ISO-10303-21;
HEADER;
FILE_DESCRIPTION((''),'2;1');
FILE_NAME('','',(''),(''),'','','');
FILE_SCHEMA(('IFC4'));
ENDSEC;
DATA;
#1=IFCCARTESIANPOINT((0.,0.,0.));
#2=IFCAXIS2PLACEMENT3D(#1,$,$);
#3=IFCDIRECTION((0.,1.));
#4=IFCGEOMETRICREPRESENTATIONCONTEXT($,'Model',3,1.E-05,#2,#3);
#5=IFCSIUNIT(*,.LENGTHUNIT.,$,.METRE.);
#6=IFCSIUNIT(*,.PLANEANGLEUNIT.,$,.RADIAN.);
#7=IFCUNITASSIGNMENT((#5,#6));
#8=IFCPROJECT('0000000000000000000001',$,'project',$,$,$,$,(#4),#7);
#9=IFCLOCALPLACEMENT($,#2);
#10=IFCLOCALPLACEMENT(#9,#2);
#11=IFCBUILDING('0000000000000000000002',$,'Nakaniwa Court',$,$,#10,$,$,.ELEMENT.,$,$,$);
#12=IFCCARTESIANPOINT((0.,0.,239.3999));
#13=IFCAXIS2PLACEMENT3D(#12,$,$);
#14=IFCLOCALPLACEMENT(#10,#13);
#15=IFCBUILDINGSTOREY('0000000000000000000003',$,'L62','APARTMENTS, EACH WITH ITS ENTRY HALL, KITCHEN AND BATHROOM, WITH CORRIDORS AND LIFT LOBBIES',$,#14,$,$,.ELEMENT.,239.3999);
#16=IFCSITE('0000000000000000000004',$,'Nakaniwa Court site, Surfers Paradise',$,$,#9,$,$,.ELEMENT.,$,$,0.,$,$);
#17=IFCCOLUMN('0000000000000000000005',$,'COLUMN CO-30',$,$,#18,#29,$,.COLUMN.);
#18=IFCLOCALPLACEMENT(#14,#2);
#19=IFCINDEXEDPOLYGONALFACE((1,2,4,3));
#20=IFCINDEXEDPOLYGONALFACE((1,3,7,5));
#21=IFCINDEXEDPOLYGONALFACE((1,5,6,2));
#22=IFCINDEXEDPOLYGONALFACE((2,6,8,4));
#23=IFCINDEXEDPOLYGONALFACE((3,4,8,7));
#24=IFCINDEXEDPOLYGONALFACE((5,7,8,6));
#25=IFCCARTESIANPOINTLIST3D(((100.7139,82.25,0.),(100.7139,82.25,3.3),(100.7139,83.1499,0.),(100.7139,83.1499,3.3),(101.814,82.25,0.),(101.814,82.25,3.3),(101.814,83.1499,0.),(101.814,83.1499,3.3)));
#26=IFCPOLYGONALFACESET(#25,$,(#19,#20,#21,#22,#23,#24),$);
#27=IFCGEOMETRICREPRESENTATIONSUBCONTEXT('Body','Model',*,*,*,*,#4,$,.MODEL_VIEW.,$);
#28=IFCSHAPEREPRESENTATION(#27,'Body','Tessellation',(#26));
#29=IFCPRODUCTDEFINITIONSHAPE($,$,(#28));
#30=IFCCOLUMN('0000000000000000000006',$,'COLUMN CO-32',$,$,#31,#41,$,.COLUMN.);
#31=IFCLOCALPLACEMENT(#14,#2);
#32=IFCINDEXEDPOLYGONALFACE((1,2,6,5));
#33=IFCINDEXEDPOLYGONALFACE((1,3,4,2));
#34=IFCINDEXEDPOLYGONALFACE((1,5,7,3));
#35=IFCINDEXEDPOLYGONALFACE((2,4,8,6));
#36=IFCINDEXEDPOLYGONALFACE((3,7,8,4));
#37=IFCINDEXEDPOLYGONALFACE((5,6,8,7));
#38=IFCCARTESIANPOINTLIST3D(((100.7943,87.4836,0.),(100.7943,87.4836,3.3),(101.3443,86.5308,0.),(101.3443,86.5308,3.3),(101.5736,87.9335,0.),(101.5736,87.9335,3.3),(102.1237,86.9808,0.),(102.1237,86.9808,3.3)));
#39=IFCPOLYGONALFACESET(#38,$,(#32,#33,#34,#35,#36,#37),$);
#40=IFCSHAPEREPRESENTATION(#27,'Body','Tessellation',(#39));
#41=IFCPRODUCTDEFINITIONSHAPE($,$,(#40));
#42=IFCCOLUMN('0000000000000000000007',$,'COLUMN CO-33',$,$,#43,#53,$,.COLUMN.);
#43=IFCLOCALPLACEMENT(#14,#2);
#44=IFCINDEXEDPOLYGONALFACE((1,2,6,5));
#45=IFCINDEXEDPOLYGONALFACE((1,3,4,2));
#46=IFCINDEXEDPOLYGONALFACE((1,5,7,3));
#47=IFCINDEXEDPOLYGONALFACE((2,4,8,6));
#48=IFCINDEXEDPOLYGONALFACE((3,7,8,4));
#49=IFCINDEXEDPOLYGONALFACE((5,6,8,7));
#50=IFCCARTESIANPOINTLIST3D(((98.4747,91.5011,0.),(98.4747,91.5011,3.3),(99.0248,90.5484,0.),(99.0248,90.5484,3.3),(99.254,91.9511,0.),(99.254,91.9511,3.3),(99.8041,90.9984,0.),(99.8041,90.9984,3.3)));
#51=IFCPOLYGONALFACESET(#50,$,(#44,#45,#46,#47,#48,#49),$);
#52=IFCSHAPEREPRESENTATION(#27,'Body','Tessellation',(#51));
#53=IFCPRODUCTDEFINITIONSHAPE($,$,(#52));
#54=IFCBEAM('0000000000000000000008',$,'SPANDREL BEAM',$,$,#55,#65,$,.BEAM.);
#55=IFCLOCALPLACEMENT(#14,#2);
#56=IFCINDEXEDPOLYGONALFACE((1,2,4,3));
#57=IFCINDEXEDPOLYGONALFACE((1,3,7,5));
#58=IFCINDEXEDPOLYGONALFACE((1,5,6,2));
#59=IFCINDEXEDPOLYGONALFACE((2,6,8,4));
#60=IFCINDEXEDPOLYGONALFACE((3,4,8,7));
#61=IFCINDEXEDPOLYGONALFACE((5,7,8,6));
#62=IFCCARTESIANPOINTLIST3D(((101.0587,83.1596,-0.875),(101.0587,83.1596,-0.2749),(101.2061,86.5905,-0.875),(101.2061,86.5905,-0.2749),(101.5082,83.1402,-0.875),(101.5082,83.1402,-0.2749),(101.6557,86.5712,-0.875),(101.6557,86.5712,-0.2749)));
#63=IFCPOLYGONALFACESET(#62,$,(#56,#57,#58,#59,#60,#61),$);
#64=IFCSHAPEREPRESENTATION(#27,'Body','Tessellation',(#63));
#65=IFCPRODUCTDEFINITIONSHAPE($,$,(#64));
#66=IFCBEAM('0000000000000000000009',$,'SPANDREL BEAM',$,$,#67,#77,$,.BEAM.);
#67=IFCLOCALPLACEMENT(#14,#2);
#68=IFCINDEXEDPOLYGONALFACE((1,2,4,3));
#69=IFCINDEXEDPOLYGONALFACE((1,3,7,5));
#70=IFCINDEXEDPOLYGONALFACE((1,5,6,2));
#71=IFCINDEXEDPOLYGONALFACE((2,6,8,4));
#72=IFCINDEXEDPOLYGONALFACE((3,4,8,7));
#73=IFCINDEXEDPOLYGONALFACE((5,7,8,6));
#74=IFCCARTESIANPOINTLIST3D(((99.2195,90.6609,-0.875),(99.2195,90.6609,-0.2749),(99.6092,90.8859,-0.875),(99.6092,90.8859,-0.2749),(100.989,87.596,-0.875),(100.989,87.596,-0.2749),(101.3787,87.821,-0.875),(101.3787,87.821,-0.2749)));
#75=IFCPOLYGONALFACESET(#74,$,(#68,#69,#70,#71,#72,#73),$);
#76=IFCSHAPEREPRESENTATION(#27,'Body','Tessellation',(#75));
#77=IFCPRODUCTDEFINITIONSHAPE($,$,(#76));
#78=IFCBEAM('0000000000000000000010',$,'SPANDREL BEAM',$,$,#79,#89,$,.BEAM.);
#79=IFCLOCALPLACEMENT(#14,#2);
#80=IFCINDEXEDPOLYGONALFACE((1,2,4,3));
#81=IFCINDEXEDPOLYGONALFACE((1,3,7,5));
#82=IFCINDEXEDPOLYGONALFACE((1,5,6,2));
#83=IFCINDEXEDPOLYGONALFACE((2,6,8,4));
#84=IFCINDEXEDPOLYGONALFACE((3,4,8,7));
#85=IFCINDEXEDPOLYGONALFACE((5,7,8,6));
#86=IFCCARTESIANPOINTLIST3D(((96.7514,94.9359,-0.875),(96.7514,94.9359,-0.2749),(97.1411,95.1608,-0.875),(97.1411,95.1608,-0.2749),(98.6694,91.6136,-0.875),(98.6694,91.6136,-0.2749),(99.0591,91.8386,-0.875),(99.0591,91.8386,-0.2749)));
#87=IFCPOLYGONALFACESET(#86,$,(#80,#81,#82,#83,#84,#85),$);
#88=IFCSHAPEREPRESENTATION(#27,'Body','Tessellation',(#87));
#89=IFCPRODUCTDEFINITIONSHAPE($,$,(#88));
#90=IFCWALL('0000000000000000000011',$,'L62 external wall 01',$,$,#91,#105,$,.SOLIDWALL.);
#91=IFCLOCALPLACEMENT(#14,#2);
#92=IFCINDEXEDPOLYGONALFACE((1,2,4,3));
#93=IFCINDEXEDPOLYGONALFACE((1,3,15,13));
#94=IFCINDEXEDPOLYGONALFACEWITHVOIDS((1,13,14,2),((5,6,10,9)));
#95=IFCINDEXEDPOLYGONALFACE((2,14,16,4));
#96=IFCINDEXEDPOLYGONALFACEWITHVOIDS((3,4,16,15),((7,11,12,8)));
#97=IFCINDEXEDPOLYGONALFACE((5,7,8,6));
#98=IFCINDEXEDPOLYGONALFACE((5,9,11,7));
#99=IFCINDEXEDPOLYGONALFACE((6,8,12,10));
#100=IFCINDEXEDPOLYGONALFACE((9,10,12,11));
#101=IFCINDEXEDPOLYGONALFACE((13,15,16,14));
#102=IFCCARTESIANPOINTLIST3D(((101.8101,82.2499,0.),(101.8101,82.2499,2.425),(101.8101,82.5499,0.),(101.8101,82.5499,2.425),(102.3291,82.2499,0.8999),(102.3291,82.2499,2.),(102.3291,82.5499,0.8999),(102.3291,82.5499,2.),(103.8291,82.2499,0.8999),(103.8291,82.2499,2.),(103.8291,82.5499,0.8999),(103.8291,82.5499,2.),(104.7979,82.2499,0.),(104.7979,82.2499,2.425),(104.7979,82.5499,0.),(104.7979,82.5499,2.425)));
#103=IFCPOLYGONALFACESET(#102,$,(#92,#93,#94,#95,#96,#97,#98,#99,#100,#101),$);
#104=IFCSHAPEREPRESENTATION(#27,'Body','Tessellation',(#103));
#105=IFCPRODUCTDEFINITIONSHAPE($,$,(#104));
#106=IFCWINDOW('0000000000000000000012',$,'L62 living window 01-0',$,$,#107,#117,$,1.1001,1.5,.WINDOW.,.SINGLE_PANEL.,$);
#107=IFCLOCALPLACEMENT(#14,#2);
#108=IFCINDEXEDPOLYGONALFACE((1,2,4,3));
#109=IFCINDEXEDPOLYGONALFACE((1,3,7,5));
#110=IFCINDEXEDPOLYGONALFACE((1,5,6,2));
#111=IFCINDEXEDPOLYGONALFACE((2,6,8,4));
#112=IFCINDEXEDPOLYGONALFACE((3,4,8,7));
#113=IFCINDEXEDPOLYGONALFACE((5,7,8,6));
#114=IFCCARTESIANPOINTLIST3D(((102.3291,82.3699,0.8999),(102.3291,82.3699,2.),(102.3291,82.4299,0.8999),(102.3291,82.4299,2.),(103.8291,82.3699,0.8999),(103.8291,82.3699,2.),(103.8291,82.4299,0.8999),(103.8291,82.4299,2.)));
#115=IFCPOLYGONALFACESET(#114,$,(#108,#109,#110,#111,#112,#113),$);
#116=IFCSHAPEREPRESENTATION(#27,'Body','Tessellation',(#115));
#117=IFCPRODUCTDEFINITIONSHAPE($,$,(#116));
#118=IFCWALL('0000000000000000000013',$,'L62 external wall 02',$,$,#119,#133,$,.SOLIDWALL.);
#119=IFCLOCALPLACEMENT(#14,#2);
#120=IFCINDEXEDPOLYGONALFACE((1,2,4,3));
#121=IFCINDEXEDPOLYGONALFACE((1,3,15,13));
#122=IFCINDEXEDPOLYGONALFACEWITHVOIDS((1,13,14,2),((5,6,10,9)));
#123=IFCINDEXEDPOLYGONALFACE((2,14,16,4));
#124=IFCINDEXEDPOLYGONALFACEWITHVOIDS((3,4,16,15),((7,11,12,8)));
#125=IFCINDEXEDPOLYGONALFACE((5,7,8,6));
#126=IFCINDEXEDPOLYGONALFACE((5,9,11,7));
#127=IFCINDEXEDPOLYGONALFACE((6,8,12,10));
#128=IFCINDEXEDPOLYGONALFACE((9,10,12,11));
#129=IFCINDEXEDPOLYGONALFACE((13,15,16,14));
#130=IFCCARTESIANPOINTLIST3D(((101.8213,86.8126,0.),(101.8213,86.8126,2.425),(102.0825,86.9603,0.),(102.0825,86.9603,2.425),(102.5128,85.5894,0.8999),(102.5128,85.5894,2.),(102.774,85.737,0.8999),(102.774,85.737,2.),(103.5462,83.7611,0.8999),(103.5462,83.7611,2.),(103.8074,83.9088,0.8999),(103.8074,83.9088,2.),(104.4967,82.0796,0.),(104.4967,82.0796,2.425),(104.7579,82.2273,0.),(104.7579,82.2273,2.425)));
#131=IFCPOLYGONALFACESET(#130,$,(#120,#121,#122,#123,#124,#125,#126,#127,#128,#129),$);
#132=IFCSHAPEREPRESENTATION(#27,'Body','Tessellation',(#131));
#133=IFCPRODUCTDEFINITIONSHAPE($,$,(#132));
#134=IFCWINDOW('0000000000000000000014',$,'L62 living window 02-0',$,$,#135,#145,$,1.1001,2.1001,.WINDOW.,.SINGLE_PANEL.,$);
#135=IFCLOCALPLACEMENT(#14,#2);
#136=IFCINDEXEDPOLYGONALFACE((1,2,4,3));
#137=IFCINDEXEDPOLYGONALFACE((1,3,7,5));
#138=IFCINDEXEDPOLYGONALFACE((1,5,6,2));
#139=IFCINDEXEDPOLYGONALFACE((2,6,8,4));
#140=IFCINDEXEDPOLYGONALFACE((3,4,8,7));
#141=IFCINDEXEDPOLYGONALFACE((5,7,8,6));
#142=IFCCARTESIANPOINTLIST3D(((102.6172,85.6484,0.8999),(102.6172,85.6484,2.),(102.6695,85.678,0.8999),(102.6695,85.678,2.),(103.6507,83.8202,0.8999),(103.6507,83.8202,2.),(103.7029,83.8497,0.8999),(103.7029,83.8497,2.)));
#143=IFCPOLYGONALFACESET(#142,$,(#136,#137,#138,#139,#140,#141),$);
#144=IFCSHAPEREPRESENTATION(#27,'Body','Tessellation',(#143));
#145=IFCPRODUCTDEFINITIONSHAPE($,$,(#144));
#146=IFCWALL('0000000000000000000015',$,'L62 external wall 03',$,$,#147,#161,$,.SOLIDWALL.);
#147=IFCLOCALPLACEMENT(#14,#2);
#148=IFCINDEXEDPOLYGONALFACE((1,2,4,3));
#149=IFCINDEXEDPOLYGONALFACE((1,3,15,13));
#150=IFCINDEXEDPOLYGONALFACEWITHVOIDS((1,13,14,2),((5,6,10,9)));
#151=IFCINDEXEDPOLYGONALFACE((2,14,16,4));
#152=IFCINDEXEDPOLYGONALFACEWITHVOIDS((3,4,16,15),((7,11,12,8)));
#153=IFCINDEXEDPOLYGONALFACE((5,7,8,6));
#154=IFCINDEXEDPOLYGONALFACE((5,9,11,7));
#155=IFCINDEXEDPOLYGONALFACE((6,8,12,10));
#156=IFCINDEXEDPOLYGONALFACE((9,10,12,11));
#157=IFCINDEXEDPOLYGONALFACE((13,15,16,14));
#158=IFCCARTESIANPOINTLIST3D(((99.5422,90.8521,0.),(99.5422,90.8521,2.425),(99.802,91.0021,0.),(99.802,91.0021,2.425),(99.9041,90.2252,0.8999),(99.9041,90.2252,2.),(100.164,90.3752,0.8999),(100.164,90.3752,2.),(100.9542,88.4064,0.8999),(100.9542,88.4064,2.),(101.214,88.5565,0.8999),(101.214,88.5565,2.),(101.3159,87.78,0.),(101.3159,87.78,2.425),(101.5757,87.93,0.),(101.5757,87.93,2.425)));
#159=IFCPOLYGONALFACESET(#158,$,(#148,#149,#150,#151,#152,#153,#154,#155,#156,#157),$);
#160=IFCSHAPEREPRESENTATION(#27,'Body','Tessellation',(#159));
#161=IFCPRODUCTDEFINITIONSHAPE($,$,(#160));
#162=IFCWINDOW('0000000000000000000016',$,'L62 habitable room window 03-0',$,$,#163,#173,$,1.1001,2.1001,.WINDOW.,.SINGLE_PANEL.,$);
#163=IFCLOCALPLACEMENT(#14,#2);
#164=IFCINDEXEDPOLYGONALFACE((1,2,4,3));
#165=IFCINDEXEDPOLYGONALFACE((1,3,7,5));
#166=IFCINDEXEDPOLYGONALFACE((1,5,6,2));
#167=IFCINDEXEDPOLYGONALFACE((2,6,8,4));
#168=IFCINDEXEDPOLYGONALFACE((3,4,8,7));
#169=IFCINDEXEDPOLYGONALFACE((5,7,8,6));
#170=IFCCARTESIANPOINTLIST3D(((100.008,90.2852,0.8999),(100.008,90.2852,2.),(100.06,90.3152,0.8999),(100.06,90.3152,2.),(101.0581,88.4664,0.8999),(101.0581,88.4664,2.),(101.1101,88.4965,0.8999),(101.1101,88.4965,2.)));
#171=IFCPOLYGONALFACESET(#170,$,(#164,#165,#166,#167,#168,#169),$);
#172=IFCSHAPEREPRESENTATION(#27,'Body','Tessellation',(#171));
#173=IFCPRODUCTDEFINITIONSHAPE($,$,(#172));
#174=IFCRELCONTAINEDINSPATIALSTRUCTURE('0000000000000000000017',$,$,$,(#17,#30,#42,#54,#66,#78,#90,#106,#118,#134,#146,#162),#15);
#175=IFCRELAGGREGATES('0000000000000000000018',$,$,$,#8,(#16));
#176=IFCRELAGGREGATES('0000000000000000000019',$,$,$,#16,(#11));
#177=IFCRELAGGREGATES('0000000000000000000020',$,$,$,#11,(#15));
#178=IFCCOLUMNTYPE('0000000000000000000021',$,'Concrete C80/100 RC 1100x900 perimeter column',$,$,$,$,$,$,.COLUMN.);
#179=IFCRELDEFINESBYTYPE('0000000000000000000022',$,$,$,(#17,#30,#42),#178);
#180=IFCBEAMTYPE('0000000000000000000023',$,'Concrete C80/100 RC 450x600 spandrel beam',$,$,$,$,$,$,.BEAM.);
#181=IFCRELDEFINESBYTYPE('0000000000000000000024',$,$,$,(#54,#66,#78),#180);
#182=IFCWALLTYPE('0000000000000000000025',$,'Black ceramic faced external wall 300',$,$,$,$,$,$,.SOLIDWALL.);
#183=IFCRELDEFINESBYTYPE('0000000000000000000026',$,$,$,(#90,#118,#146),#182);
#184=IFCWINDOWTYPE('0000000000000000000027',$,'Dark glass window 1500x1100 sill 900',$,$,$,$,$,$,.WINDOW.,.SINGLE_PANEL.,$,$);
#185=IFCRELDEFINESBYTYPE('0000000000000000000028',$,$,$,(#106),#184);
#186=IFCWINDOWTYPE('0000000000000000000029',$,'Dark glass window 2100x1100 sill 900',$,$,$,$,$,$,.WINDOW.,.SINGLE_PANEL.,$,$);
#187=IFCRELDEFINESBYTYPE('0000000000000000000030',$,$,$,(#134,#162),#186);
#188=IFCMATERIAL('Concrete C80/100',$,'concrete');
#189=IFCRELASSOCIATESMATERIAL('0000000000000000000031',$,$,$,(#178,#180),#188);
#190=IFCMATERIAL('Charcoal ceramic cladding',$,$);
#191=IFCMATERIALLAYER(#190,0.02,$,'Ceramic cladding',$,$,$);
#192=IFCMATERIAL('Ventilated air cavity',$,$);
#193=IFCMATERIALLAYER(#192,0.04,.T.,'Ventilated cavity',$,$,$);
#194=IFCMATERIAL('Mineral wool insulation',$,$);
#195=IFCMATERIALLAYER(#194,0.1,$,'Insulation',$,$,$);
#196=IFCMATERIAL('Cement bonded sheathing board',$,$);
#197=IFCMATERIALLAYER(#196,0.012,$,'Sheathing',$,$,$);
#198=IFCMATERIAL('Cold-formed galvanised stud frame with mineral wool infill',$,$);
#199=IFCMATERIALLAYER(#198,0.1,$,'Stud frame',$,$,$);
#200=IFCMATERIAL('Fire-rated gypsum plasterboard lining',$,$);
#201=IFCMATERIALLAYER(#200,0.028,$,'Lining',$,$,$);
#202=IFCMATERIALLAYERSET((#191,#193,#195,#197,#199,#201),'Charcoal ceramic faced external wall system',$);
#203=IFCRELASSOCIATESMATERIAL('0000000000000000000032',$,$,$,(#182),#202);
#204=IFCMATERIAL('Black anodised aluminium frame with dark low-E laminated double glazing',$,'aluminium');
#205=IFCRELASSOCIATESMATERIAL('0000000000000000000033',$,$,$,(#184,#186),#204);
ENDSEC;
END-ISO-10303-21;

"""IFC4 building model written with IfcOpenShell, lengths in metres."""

from ifc_helpers import new_model, si_unit, direction, frame, frame_2d, origin, origin_2d, place, context, subcontext, project, spatial, rectangle, extrude, material, layer, layer_set, material_profile, profile_set, type_object, element, fill, save


model = new_model("IFC4")

# Units and contexts
model_context = context("Model", 3, precision=1e-05, world=origin(), true_north=direction((0.0, 1.0)))
body_context = subcontext(model_context, "Body", "Model", "MODEL_VIEW")
ifc_project = project(units=[si_unit("LENGTHUNIT", "METRE"), si_unit("PLANEANGLEUNIT", "RADIAN")], contexts=[model_context])

# Site, building, storey
site_placement = place(None, origin())
site = spatial("IfcSite", under=ifc_project, at=site_placement, Name="Nakaniwa Court site, Surfers Paradise", CompositionType="ELEMENT", RefElevation=0.0)
building_placement = place(site_placement, origin())
building = spatial("IfcBuilding", under=site, at=building_placement, Name="Nakaniwa Court", CompositionType="ELEMENT")
storey_placement = place(building_placement, frame((0.0, 0.0, 239.3999)))
storey = spatial("IfcBuildingStorey", under=building, at=storey_placement, Name="L62", Description="APARTMENTS, EACH WITH ITS ENTRY HALL, KITCHEN AND BATHROOM, WITH CORRIDORS AND LIFT LOBBIES", CompositionType="ELEMENT", Elevation=239.3999)

# Columns
ifc_material_1 = material(Name="Concrete C80/100", Category="concrete")
ifc_material_profile_1 = material_profile(ifc_material_1, rectangle(XDim=1.1001, YDim=0.8999, at=origin_2d()), Name="Concrete C80/100 RC 1100x900 perimeter column")
ifc_profile_set_1 = profile_set([ifc_material_profile_1], Name="Concrete C80/100")
column_type = type_object("IfcColumnType", Name="Concrete C80/100 RC 1100x900 perimeter column", PredefinedType="COLUMN", material=ifc_profile_set_1)
for number, where, z_axis, x_axis, name in (
    (1, (101.2639, 82.7, 0.0), (0.0, 0.0, 1.0), (1.0, 0.0, 0.0), "COLUMN CO-30"),
    (2, (101.459, 87.2322, 0.0), (0.0, 0.0, 1.0), (-0.5, 0.866025, 0.0), "COLUMN CO-32"),
    (3, (99.1394, 91.2498, 0.0), (0.0, 0.0, 1.0), (-0.5, 0.866025, 0.0), "COLUMN CO-33"),
):
    element("IfcColumn", number, at=place(storey_placement, frame(where, z_axis=z_axis, x_axis=x_axis)), inside=storey, type_object=column_type, Name=name, PredefinedType="COLUMN", context=body_context, shape_type="SweptSolid", body=[
        extrude(rectangle(XDim=1.1001, YDim=0.8999, at=origin_2d()), origin(), (0.0, 0.0, 1.0), 3.3),
    ])

# Beams
ifc_material_profile_2 = material_profile(ifc_material_1, rectangle(XDim=0.45, YDim=0.6001, at=origin_2d()), Name="Concrete C80/100 RC 450x600 spandrel beam")
ifc_profile_set_2 = profile_set([ifc_material_profile_2], Name="Concrete C80/100")
beam_type = type_object("IfcBeamType", Name="Concrete C80/100 RC 450x600 spandrel beam", PredefinedType="BEAM", material=ifc_profile_set_2)
beam_1_placement = place(storey_placement, frame((101.2834, 83.1499, -0.575), z_axis=(0.042941, 0.999078, 0.0), x_axis=(-0.999078, 0.042941, 0.0)))
element("IfcBeam", 4, at=beam_1_placement, inside=storey, type_object=beam_type, Name="SPANDREL BEAM", PredefinedType="BEAM", context=body_context, shape_type="SweptSolid", body=[
    extrude(rectangle(XDim=0.45, YDim=0.6001, at=origin_2d()), origin(), (0.0, 0.0, 1.0), 3.4341),
])
beam_2_placement = place(storey_placement, frame((101.1838, 87.7085, -0.575), z_axis=(-0.499997, 0.866027, 0.0), x_axis=(-0.866027, -0.499997, 0.0)))
element("IfcBeam", 5, at=beam_2_placement, inside=storey, type_object=beam_type, Name="SPANDREL BEAM", PredefinedType="BEAM", context=body_context, shape_type="SweptSolid", body=[
    extrude(rectangle(XDim=0.45, YDim=0.6001, at=origin_2d()), origin(), (0.0, 0.0, 1.0), 3.5391),
])
beam_3_placement = place(storey_placement, frame((98.8643, 91.7261, -0.575), z_axis=(-0.499972, 0.866041, 0.0), x_axis=(-0.866041, -0.499972, 0.0)))
element("IfcBeam", 6, at=beam_3_placement, inside=storey, type_object=beam_type, Name="SPANDREL BEAM", PredefinedType="BEAM", context=body_context, shape_type="SweptSolid", body=[
    extrude(rectangle(XDim=0.45, YDim=0.6001, at=origin_2d()), origin(), (0.0, 0.0, 1.0), 3.8362),
])

# Walls, openings, windows
ifc_material_2 = material(Name="Charcoal ceramic cladding")
ifc_layer_1 = layer(ifc_material_2, 0.02, Name="Ceramic cladding")
ifc_material_3 = material(Name="Ventilated air cavity")
ifc_layer_2 = layer(ifc_material_3, 0.04, ventilated=True, Name="Ventilated cavity")
ifc_material_4 = material(Name="Mineral wool insulation")
ifc_layer_3 = layer(ifc_material_4, 0.1, Name="Insulation")
ifc_material_5 = material(Name="Cement bonded sheathing board")
ifc_layer_4 = layer(ifc_material_5, 0.012, Name="Sheathing")
ifc_material_6 = material(Name="Cold-formed galvanised stud frame with mineral wool infill")
ifc_layer_5 = layer(ifc_material_6, 0.1, Name="Stud frame")
ifc_material_7 = material(Name="Fire-rated gypsum plasterboard lining")
ifc_layer_6 = layer(ifc_material_7, 0.028, Name="Lining")
ifc_layer_set = layer_set([ifc_layer_1, ifc_layer_2, ifc_layer_3, ifc_layer_4, ifc_layer_5, ifc_layer_6], Name="Charcoal ceramic faced external wall system")
wall_type = type_object("IfcWallType", Name="Black ceramic faced external wall 300", PredefinedType="SOLIDWALL", material=ifc_layer_set)
wall_1_placement = place(storey_placement, frame((101.8101, 82.3999, 0.0), z_axis=(0.0, 0.0, 1.0), x_axis=(1.0, 0.0, 0.0)))
wall_1 = element("IfcWall", 7, at=wall_1_placement, inside=storey, type_object=wall_type, Name="L62 external wall 01", PredefinedType="SOLIDWALL", context=body_context, shape_type="SweptSolid", body=[
    extrude(rectangle(XDim=2.9878, YDim=0.3, at=frame_2d((1.4939, 0.0))), origin(), (0.0, 0.0, 1.0), 2.425),
])
opening_1_placement = place(wall_1_placement, frame((0.519, 0.0, 0.8999)))
opening_1 = element("IfcOpeningElement", 8, at=opening_1_placement, cuts=wall_1, PredefinedType="OPENING", context=body_context, shape_type="SweptSolid", body=[
    extrude(rectangle(XDim=1.5, YDim=1.1001, at=frame_2d((0.75, 0.55))), frame((0.0, 0.1599, 0.0), z_axis=(0.0, -1.0, 0.0), x_axis=(1.0, 0.0, 0.0)), (0.0, 0.0, 1.0), 0.3201),
])
ifc_material_8 = material(Name="Black anodised aluminium frame with dark low-E laminated double glazing", Category="aluminium")
window_type_1 = type_object("IfcWindowType", Name="Dark glass window 1500x1100 sill 900", PartitioningType="SINGLE_PANEL", PredefinedType="WINDOW", material=ifc_material_8)
window_1_placement = place(opening_1_placement, origin())
window_1 = element("IfcWindow", 9, at=window_1_placement, inside=storey, type_object=window_type_1, Name="L62 living window 01-0", OverallHeight=1.1001, OverallWidth=1.5, PartitioningType="SINGLE_PANEL", PredefinedType="WINDOW", context=body_context, shape_type="SweptSolid", body=[
    extrude(rectangle(XDim=1.5, YDim=1.1001, at=frame_2d((0.75, 0.55))), frame((0.0, 0.03, 0.0), z_axis=(0.0, -1.0, 0.0), x_axis=(1.0, 0.0, 0.0)), (0.0, 0.0, 1.0), 0.0601),
])
fill(opening_1, window_1)
wall_2_placement = place(storey_placement, frame((104.6272, 82.1536, 0.0), z_axis=(0.0, 0.0, 1.0), x_axis=(-0.492081, 0.870549, 0.0)))
wall_2 = element("IfcWall", 10, at=wall_2_placement, inside=storey, type_object=wall_type, Name="L62 external wall 02", PredefinedType="SOLIDWALL", context=body_context, shape_type="SweptSolid", body=[
    extrude(rectangle(XDim=5.4368, YDim=0.3, at=frame_2d((2.7183, 0.0))), origin(), (0.0, 0.0, 1.0), 2.425),
])
opening_2_placement = place(wall_2_placement, frame((1.9314, 0.0, 0.8999)))
opening_2 = element("IfcOpeningElement", 11, at=opening_2_placement, cuts=wall_2, PredefinedType="OPENING", context=body_context, shape_type="SweptSolid", body=[
    extrude(rectangle(XDim=2.1001, YDim=1.1001, at=frame_2d((1.05, 0.55))), frame((0.0, 0.1599, 0.0), z_axis=(0.0, -1.0, 0.0), x_axis=(1.0, 0.0, 0.0)), (0.0, 0.0, 1.0), 0.3201),
])
window_type_2 = type_object("IfcWindowType", Name="Dark glass window 2100x1100 sill 900", PartitioningType="SINGLE_PANEL", PredefinedType="WINDOW", material=ifc_material_8)
window_2_placement = place(opening_2_placement, origin())
window_2 = element("IfcWindow", 12, at=window_2_placement, inside=storey, type_object=window_type_2, Name="L62 living window 02-0", OverallHeight=1.1001, OverallWidth=2.1001, PartitioningType="SINGLE_PANEL", PredefinedType="WINDOW", context=body_context, shape_type="SweptSolid", body=[
    extrude(rectangle(XDim=2.1001, YDim=1.1001, at=frame_2d((1.05, 0.55))), frame((0.0, 0.03, 0.0), z_axis=(0.0, -1.0, 0.0), x_axis=(1.0, 0.0, 0.0)), (0.0, 0.0, 1.0), 0.0601),
])
fill(opening_2, window_2)
wall_3_placement = place(storey_placement, frame((101.4458, 87.855, 0.0), z_axis=(0.0, 0.0, 1.0), x_axis=(-0.50001, 0.866019, 0.0)))
wall_3 = element("IfcWall", 13, at=wall_3_placement, inside=storey, type_object=wall_type, Name="L62 external wall 03", PredefinedType="SOLIDWALL", context=body_context, shape_type="SweptSolid", body=[
    extrude(rectangle(XDim=3.5474, YDim=0.3, at=frame_2d((1.7737, 0.0))), origin(), (0.0, 0.0, 1.0), 2.425),
])
opening_3_placement = place(wall_3_placement, frame((0.7234, 0.0, 0.8999)))
opening_3 = element("IfcOpeningElement", 14, at=opening_3_placement, cuts=wall_3, PredefinedType="OPENING", context=body_context, shape_type="SweptSolid", body=[
    extrude(rectangle(XDim=2.1001, YDim=1.1001, at=frame_2d((1.05, 0.55))), frame((0.0, 0.1599, 0.0), z_axis=(0.0, -1.0, 0.0), x_axis=(1.0, 0.0, 0.0)), (0.0, 0.0, 1.0), 0.3201),
])
window_3_placement = place(opening_3_placement, origin())
window_3 = element("IfcWindow", 15, at=window_3_placement, inside=storey, type_object=window_type_2, Name="L62 habitable room window 03-0", OverallHeight=1.1001, OverallWidth=2.1001, PartitioningType="SINGLE_PANEL", PredefinedType="WINDOW", context=body_context, shape_type="SweptSolid", body=[
    extrude(rectangle(XDim=2.1001, YDim=1.1001, at=frame_2d((1.05, 0.55))), frame((0.0, 0.03, 0.0), z_axis=(0.0, -1.0, 0.0), x_axis=(1.0, 0.0, 0.0)), (0.0, 0.0, 1.0), 0.0601),
])
fill(opening_3, window_3)

save(model, "model.ifc")
